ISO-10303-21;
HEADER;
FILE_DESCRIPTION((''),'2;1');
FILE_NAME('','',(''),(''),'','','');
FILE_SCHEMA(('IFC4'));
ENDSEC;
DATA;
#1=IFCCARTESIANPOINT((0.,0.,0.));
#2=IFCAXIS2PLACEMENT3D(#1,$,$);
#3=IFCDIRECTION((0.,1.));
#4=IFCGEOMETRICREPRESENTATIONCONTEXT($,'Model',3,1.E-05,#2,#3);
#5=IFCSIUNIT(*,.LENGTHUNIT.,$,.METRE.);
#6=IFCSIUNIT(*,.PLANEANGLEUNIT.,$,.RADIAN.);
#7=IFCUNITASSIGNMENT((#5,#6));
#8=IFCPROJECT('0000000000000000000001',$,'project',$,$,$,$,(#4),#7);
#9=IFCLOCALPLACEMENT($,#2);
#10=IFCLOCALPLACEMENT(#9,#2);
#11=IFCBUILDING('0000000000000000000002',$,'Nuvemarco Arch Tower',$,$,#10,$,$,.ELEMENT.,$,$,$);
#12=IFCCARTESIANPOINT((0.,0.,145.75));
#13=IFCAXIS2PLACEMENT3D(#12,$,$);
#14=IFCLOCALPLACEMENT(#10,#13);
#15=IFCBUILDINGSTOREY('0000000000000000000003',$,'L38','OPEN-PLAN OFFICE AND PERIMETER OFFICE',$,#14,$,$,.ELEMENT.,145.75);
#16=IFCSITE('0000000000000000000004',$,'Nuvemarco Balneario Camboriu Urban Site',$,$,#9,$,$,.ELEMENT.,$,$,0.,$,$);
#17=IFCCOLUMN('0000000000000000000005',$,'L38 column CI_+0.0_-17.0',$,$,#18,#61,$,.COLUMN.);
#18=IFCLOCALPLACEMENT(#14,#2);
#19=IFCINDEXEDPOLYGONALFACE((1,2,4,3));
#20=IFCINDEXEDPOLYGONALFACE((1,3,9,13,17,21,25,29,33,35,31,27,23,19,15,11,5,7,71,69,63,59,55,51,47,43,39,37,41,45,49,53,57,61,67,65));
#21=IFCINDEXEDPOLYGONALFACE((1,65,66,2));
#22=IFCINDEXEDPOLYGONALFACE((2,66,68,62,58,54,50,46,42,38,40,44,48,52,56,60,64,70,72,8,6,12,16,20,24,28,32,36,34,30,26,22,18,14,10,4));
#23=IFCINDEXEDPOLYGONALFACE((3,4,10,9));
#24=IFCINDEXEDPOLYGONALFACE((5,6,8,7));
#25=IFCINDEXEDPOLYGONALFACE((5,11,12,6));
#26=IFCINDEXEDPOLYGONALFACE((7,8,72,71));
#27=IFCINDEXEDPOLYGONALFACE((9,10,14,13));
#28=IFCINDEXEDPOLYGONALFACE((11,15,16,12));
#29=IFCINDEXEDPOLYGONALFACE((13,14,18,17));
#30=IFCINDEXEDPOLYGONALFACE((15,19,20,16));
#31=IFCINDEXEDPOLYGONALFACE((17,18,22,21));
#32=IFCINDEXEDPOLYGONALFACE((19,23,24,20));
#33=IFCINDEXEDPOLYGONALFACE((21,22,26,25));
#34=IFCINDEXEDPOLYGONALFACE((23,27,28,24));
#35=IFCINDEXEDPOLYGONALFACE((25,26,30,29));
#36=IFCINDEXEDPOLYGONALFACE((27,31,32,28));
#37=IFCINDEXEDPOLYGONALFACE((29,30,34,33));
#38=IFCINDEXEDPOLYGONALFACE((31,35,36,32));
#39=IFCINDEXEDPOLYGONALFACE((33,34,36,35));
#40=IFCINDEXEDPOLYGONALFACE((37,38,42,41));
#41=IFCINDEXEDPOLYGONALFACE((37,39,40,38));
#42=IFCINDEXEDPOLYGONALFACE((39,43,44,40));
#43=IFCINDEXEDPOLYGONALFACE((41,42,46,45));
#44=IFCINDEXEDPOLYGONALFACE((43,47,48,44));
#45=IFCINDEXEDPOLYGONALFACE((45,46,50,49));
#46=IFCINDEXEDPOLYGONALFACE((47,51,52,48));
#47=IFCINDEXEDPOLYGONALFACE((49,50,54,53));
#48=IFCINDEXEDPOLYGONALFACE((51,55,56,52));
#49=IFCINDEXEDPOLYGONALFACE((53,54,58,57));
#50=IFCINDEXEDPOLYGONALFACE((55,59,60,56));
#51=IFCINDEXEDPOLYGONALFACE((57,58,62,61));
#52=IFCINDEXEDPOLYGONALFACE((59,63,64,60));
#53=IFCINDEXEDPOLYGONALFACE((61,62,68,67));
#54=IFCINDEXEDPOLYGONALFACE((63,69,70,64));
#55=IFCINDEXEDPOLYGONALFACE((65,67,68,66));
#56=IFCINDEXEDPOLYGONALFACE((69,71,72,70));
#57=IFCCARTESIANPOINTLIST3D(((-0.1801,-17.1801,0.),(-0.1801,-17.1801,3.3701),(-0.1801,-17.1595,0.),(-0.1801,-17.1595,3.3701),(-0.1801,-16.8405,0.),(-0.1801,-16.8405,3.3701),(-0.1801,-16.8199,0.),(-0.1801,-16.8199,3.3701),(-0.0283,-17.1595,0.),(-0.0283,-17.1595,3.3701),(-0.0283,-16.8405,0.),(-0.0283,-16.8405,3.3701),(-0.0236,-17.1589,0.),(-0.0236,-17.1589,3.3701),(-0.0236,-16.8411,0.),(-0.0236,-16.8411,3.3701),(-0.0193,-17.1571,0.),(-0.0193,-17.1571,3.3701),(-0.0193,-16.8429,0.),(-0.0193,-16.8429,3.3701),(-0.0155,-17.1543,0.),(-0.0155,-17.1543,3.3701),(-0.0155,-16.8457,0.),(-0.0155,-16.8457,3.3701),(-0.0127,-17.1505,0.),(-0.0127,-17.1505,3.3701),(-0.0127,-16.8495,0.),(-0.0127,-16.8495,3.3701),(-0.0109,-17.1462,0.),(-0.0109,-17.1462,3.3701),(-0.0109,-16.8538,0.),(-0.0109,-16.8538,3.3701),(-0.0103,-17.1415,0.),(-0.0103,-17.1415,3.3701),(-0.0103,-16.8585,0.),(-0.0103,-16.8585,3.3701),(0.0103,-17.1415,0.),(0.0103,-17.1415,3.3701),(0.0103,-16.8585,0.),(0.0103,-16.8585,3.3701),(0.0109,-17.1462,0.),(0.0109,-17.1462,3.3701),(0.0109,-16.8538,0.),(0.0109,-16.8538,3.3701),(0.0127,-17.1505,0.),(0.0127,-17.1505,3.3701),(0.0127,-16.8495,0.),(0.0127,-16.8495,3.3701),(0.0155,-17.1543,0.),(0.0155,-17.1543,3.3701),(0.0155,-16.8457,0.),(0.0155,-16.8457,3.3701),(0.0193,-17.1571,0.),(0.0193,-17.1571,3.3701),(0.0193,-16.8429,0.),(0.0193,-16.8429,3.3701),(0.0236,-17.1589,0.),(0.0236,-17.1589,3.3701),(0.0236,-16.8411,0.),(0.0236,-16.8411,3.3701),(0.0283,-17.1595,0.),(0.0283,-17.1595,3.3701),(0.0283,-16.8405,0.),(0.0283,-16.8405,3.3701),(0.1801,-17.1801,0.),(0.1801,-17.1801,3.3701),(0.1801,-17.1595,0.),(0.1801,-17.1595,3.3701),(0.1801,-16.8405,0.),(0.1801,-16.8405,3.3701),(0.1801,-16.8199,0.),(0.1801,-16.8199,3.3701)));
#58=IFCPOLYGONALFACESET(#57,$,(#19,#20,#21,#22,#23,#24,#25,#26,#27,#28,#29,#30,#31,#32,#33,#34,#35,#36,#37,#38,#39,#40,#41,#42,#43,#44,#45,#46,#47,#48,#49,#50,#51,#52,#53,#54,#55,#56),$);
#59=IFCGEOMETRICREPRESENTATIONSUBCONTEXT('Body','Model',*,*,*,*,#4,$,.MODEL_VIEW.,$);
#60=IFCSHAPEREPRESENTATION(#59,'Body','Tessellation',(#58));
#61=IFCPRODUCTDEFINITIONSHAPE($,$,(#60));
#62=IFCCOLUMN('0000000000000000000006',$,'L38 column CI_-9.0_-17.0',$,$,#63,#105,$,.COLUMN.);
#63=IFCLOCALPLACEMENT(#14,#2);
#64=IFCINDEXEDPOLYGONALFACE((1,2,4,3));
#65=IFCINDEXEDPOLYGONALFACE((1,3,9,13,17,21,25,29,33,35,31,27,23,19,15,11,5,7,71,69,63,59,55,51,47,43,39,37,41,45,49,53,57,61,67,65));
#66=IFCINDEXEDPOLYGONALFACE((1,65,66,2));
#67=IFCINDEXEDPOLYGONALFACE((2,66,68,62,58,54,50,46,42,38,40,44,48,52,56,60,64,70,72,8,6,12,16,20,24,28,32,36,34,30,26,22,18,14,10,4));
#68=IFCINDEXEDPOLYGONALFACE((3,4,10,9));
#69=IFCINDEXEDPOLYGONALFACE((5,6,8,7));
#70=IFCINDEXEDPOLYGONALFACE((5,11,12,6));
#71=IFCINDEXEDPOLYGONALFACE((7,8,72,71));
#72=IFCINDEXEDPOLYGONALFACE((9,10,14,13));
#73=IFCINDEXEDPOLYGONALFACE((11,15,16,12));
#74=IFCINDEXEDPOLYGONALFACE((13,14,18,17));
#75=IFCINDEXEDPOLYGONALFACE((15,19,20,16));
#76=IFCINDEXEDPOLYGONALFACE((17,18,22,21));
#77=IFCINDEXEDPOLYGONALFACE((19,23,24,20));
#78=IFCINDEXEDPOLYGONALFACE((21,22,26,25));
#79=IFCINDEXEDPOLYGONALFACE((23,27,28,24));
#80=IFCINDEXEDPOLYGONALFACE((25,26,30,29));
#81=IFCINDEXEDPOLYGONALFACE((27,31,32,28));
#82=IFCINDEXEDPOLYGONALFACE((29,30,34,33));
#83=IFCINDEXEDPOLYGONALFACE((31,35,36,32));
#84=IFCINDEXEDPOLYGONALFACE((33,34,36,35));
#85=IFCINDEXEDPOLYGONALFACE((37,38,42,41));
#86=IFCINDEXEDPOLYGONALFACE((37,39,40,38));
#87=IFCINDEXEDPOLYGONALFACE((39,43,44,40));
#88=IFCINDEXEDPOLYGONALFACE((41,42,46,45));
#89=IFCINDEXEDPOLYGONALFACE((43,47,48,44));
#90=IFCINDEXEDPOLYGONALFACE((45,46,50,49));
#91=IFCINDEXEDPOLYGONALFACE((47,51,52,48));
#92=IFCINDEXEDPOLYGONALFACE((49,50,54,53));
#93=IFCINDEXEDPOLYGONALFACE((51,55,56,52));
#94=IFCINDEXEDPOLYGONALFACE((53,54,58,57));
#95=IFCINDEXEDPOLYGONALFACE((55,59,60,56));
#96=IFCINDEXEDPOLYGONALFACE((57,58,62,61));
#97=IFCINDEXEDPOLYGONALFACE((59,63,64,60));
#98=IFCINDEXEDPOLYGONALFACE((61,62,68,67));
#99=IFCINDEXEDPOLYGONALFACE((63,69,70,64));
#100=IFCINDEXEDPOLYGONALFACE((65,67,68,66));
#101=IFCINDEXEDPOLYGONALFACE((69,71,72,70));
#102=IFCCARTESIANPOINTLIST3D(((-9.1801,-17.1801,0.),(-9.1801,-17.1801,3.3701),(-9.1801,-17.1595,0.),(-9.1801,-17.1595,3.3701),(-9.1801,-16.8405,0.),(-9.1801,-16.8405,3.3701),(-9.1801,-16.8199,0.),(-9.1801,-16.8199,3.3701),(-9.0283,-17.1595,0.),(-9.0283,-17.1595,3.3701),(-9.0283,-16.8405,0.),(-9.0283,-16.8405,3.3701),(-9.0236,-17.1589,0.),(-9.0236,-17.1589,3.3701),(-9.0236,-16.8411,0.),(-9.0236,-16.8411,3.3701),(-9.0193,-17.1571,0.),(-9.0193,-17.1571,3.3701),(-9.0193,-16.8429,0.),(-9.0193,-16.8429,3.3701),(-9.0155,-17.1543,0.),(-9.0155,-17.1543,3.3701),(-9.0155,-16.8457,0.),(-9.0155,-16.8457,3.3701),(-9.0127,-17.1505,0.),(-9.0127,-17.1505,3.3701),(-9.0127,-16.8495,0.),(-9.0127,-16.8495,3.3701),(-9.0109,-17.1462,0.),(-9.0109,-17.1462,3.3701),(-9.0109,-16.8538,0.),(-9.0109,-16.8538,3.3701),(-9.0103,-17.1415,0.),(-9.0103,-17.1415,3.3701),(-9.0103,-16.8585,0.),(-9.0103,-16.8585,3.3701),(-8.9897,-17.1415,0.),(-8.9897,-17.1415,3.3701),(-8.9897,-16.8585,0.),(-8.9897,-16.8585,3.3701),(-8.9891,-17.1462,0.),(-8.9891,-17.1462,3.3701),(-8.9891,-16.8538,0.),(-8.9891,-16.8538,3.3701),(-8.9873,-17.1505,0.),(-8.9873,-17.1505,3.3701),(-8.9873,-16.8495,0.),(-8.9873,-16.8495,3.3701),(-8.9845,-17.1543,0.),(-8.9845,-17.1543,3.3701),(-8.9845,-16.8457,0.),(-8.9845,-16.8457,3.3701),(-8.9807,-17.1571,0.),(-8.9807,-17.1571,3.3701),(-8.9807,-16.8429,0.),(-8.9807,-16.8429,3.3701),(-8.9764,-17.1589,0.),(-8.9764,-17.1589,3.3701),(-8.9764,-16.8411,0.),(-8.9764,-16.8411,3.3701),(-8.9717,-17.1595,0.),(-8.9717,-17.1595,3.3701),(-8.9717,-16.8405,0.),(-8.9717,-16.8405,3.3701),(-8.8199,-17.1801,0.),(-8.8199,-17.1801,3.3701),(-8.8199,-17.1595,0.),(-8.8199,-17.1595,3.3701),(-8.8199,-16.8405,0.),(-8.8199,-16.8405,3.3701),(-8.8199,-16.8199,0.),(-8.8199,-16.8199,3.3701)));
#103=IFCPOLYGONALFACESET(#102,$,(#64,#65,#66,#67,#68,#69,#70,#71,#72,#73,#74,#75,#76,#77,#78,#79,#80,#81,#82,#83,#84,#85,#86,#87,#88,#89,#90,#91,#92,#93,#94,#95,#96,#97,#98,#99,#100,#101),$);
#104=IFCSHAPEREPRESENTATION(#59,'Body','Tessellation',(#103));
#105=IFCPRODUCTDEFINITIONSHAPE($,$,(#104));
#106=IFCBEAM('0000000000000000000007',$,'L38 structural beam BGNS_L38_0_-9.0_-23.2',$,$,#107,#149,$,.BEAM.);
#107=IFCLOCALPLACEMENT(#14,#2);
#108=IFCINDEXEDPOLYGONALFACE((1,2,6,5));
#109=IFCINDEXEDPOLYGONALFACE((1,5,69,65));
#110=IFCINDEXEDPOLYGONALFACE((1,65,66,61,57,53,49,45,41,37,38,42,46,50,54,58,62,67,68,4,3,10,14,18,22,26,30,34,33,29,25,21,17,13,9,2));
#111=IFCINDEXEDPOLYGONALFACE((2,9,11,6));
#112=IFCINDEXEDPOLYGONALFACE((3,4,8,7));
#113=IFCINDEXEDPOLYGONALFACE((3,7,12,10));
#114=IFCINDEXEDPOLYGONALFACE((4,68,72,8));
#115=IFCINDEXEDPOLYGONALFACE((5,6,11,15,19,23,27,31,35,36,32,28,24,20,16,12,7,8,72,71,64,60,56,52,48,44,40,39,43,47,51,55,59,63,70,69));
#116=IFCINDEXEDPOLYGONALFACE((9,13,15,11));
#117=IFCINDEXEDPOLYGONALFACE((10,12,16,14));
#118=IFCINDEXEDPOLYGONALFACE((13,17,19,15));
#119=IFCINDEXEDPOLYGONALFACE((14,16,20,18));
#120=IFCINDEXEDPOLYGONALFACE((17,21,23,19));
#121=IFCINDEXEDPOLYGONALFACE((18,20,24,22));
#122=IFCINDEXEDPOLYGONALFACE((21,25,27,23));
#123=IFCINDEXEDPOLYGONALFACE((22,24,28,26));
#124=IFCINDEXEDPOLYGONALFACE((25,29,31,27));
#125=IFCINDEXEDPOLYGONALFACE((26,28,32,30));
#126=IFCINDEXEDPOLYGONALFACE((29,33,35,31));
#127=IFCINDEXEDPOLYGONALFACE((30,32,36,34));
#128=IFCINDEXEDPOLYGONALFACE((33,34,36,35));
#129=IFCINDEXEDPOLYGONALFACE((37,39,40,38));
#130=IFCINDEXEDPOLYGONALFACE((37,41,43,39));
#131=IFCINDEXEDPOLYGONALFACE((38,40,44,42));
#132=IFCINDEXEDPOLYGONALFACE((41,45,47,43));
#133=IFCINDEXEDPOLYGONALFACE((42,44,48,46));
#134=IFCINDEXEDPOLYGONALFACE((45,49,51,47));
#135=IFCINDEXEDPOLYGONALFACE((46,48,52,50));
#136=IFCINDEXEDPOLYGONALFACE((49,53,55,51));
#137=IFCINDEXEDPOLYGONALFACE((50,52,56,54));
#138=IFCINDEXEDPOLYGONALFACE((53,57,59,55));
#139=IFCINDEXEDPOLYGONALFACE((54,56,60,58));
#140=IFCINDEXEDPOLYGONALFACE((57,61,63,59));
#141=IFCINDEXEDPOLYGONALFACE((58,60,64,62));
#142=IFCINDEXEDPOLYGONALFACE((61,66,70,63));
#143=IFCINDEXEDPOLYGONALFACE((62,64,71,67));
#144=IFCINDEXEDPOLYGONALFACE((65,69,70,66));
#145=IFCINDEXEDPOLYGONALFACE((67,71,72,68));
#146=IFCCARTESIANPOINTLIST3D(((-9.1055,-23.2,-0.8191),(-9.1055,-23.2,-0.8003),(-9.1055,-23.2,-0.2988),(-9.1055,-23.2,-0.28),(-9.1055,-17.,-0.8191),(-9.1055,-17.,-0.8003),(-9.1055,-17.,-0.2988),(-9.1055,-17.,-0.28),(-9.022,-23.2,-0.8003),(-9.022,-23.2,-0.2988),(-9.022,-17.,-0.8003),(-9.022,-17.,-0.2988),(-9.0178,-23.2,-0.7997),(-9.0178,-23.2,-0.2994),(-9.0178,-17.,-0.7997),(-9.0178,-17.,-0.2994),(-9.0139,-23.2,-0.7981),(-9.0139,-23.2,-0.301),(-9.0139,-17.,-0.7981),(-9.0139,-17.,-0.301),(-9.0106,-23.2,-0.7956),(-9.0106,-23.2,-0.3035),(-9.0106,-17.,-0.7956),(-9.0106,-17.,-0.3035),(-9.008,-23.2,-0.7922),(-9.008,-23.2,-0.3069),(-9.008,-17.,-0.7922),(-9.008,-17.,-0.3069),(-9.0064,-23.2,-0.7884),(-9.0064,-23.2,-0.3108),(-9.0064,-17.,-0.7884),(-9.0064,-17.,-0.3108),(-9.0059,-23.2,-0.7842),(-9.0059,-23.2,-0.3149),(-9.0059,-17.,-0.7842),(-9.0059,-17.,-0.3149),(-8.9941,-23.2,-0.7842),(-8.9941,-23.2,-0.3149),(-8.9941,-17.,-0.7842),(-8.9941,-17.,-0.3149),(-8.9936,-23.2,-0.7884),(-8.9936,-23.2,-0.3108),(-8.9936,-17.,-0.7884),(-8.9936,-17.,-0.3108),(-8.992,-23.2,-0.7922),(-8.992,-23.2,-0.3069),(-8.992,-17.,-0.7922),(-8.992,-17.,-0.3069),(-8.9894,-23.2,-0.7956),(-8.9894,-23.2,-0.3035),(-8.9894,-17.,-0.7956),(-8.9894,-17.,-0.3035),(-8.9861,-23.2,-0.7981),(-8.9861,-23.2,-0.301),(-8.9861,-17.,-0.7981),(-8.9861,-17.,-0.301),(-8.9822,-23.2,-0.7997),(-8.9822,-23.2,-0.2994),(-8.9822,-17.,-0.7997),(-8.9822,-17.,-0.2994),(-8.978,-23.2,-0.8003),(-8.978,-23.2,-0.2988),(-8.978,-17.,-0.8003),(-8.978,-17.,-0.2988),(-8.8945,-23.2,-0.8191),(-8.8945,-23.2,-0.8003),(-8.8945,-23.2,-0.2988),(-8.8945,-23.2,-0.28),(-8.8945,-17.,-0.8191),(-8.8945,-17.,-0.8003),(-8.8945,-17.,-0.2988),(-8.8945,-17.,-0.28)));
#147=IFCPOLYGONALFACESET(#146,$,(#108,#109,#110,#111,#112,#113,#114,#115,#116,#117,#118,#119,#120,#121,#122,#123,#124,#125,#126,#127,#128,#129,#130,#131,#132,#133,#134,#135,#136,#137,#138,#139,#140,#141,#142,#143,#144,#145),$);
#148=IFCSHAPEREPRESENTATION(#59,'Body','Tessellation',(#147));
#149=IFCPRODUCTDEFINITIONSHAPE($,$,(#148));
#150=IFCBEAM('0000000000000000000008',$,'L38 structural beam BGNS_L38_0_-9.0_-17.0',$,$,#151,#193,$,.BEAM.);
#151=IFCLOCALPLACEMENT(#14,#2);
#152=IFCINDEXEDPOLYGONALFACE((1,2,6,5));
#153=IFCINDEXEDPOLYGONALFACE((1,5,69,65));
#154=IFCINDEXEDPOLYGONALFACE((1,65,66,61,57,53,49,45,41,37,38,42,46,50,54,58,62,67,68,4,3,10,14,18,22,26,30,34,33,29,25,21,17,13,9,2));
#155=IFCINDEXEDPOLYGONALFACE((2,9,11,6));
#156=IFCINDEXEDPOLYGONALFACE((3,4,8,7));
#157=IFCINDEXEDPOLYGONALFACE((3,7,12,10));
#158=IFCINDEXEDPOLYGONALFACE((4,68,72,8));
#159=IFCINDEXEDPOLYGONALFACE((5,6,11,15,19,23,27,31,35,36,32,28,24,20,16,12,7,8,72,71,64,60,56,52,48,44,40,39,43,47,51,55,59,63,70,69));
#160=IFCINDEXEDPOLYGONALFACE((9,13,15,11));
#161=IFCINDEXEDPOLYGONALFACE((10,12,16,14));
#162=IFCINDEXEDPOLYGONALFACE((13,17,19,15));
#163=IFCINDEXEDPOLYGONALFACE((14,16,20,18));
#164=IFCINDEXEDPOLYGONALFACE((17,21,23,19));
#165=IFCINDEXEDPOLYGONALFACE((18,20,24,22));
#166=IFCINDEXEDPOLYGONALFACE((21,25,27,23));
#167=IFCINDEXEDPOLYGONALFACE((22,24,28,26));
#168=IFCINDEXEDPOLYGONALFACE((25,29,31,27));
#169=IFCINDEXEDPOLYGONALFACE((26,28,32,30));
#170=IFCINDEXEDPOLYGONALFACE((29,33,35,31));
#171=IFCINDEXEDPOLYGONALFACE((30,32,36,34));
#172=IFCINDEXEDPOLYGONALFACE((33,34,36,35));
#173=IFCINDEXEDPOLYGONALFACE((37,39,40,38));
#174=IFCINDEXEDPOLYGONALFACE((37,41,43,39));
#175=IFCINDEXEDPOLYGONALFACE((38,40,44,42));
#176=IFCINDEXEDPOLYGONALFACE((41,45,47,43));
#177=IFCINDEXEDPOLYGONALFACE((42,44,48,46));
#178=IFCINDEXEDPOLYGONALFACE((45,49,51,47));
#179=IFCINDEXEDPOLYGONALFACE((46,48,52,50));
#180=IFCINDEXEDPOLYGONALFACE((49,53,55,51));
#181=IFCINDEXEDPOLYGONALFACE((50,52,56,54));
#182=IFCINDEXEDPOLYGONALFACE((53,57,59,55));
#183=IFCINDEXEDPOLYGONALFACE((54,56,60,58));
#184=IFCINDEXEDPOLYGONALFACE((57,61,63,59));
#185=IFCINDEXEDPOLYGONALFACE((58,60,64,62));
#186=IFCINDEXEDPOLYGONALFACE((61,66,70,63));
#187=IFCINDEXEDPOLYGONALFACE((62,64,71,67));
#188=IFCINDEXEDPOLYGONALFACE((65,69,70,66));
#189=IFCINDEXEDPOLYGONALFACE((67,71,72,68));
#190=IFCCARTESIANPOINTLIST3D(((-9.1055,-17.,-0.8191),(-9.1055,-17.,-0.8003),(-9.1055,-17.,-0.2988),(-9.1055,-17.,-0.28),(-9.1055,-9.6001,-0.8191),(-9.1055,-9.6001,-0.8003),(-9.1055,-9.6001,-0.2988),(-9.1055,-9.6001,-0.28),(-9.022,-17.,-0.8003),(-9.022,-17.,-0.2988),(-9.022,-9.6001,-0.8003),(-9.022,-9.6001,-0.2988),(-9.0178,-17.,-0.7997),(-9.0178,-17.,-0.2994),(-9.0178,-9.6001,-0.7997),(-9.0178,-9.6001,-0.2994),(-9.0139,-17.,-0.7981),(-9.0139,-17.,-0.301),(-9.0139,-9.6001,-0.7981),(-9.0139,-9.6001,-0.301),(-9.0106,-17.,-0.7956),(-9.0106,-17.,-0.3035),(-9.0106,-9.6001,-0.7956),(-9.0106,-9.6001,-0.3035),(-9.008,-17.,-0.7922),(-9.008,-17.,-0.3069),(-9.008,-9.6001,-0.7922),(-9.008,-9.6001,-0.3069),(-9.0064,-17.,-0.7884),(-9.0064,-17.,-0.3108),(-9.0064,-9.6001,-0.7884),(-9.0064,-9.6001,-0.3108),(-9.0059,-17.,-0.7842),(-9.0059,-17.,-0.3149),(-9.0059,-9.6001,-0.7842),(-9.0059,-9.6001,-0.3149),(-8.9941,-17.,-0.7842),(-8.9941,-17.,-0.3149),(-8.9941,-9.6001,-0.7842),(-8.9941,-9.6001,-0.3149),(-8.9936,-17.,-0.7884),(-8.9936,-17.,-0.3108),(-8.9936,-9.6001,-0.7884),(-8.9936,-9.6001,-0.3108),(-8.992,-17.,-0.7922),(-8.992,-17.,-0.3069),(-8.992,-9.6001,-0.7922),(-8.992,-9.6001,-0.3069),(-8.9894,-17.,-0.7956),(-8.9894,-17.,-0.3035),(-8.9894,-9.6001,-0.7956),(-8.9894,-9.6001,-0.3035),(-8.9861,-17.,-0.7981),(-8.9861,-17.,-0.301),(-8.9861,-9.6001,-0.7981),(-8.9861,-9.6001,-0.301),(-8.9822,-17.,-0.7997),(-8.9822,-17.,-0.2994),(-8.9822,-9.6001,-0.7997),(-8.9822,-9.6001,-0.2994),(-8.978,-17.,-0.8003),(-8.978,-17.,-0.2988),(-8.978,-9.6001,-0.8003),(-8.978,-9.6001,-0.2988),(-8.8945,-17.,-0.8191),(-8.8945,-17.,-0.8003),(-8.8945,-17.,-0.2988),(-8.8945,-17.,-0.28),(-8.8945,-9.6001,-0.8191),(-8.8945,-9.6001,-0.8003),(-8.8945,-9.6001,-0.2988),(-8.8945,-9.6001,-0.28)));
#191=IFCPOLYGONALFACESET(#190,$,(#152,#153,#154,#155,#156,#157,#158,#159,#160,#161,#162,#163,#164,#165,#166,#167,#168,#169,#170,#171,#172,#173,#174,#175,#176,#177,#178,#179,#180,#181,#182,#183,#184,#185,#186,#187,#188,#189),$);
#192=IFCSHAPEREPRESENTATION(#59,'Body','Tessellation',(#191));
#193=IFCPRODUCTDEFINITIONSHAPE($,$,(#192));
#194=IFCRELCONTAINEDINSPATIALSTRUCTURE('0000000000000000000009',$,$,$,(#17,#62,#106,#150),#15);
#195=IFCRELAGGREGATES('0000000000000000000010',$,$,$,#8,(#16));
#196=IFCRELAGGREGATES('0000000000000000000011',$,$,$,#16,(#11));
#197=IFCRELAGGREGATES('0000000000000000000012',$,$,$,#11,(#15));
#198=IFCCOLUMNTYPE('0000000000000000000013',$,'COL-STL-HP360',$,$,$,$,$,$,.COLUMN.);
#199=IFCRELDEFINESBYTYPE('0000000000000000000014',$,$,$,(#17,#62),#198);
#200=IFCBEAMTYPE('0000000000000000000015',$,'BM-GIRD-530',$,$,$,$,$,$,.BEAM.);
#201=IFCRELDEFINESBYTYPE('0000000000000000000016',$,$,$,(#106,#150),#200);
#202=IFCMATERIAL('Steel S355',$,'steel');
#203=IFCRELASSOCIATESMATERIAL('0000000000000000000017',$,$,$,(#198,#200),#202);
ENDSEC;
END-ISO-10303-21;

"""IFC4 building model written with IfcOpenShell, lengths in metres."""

from ifc_helpers import new_model, si_unit, direction, frame, origin, origin_2d, place, context, subcontext, project, spatial, i_section, extrude, material, material_profile, profile_set, type_object, element, save


model = new_model("IFC4")

# Units and contexts
model_context = context("Model", 3, precision=1e-05, world=origin(), true_north=direction((0.0, 1.0)))
body_context = subcontext(model_context, "Body", "Model", "MODEL_VIEW")
ifc_project = project(units=[si_unit("LENGTHUNIT", "METRE"), si_unit("PLANEANGLEUNIT", "RADIAN")], contexts=[model_context])

# Site, building, storey
site_placement = place(None, origin())
site = spatial("IfcSite", under=ifc_project, at=site_placement, Name="Nuvemarco Balneario Camboriu Urban Site", CompositionType="ELEMENT", RefElevation=0.0)
building_placement = place(site_placement, origin())
building = spatial("IfcBuilding", under=site, at=building_placement, Name="Nuvemarco Arch Tower", CompositionType="ELEMENT")
storey_placement = place(building_placement, frame((0.0, 0.0, 145.75)))
storey = spatial("IfcBuildingStorey", under=building, at=storey_placement, Name="L38", Description="OPEN-PLAN OFFICE AND PERIMETER OFFICE", CompositionType="ELEMENT", Elevation=145.75)

# Columns
ifc_material_1 = material(Name="Steel S355", Category="steel")
ifc_material_profile_1 = material_profile(ifc_material_1, i_section(OverallWidth=0.3601, OverallDepth=0.3601, WebThickness=0.0205, FlangeThickness=0.0205, FilletRadius=0.0181, at=origin_2d()), Name="HP360x174")
ifc_profile_set_1 = profile_set([ifc_material_profile_1], Name="Steel S355")
column_type_1 = type_object("IfcColumnType", Name="COL-STL-HP360", PredefinedType="COLUMN", material=ifc_profile_set_1)
for number, where, z_axis, x_axis, name in (
    (1, (0.0, -17.0, 0.0), (0.0, 0.0, 1.0), (1.0, 0.0, 0.0), "L38 column CI_+0.0_-17.0"),
    (2, (-9.0, -17.0, 0.0), (0.0, 0.0, 1.0), (1.0, 0.0, 0.0), "L38 column CI_-9.0_-17.0"),
):
    element("IfcColumn", number, at=place(storey_placement, frame(where, z_axis=z_axis, x_axis=x_axis)), inside=storey, type_object=column_type_1, Name=name, PredefinedType="COLUMN", context=body_context, shape_type="SweptSolid", body=[
        extrude(i_section(OverallWidth=0.3601, OverallDepth=0.3601, WebThickness=0.0205, FlangeThickness=0.0205, FilletRadius=0.0181, at=origin_2d()), origin(), (0.0, 0.0, 1.0), 3.3701),
    ])

# Beams
ifc_material_profile_2 = material_profile(ifc_material_1, i_section(OverallWidth=0.2109, OverallDepth=0.5391, WebThickness=0.0117, FlangeThickness=0.0188, FilletRadius=0.0161, at=origin_2d()), Name="W530x109")
ifc_profile_set_2 = profile_set([ifc_material_profile_2], Name="Steel S355")
beam_type_1 = type_object("IfcBeamType", Name="BM-GIRD-530", PredefinedType="BEAM", material=ifc_profile_set_2)
beam_1_placement = place(storey_placement, frame((-9.0, -23.2, -0.5496), z_axis=(0.0, 1.0, 0.0), x_axis=(-1.0, 0.0, 0.0)))
element("IfcBeam", 3, at=beam_1_placement, inside=storey, type_object=beam_type_1, Name="L38 structural beam BGNS_L38_0_-9.0_-23.2", PredefinedType="BEAM", context=body_context, shape_type="SweptSolid", body=[
    extrude(i_section(OverallWidth=0.2109, OverallDepth=0.5391, WebThickness=0.0117, FlangeThickness=0.0188, FilletRadius=0.0161, at=origin_2d()), origin(), (0.0, 0.0, 1.0), 6.2),
])
beam_2_placement = place(storey_placement, frame((-9.0, -17.0, -0.5496), z_axis=(0.0, 1.0, 0.0), x_axis=(-1.0, 0.0, 0.0)))
element("IfcBeam", 4, at=beam_2_placement, inside=storey, type_object=beam_type_1, Name="L38 structural beam BGNS_L38_0_-9.0_-17.0", PredefinedType="BEAM", context=body_context, shape_type="SweptSolid", body=[
    extrude(i_section(OverallWidth=0.2109, OverallDepth=0.5391, WebThickness=0.0117, FlangeThickness=0.0188, FilletRadius=0.0161, at=origin_2d()), origin(), (0.0, 0.0, 1.0), 7.3999),
])

save(model, "model.ifc")
